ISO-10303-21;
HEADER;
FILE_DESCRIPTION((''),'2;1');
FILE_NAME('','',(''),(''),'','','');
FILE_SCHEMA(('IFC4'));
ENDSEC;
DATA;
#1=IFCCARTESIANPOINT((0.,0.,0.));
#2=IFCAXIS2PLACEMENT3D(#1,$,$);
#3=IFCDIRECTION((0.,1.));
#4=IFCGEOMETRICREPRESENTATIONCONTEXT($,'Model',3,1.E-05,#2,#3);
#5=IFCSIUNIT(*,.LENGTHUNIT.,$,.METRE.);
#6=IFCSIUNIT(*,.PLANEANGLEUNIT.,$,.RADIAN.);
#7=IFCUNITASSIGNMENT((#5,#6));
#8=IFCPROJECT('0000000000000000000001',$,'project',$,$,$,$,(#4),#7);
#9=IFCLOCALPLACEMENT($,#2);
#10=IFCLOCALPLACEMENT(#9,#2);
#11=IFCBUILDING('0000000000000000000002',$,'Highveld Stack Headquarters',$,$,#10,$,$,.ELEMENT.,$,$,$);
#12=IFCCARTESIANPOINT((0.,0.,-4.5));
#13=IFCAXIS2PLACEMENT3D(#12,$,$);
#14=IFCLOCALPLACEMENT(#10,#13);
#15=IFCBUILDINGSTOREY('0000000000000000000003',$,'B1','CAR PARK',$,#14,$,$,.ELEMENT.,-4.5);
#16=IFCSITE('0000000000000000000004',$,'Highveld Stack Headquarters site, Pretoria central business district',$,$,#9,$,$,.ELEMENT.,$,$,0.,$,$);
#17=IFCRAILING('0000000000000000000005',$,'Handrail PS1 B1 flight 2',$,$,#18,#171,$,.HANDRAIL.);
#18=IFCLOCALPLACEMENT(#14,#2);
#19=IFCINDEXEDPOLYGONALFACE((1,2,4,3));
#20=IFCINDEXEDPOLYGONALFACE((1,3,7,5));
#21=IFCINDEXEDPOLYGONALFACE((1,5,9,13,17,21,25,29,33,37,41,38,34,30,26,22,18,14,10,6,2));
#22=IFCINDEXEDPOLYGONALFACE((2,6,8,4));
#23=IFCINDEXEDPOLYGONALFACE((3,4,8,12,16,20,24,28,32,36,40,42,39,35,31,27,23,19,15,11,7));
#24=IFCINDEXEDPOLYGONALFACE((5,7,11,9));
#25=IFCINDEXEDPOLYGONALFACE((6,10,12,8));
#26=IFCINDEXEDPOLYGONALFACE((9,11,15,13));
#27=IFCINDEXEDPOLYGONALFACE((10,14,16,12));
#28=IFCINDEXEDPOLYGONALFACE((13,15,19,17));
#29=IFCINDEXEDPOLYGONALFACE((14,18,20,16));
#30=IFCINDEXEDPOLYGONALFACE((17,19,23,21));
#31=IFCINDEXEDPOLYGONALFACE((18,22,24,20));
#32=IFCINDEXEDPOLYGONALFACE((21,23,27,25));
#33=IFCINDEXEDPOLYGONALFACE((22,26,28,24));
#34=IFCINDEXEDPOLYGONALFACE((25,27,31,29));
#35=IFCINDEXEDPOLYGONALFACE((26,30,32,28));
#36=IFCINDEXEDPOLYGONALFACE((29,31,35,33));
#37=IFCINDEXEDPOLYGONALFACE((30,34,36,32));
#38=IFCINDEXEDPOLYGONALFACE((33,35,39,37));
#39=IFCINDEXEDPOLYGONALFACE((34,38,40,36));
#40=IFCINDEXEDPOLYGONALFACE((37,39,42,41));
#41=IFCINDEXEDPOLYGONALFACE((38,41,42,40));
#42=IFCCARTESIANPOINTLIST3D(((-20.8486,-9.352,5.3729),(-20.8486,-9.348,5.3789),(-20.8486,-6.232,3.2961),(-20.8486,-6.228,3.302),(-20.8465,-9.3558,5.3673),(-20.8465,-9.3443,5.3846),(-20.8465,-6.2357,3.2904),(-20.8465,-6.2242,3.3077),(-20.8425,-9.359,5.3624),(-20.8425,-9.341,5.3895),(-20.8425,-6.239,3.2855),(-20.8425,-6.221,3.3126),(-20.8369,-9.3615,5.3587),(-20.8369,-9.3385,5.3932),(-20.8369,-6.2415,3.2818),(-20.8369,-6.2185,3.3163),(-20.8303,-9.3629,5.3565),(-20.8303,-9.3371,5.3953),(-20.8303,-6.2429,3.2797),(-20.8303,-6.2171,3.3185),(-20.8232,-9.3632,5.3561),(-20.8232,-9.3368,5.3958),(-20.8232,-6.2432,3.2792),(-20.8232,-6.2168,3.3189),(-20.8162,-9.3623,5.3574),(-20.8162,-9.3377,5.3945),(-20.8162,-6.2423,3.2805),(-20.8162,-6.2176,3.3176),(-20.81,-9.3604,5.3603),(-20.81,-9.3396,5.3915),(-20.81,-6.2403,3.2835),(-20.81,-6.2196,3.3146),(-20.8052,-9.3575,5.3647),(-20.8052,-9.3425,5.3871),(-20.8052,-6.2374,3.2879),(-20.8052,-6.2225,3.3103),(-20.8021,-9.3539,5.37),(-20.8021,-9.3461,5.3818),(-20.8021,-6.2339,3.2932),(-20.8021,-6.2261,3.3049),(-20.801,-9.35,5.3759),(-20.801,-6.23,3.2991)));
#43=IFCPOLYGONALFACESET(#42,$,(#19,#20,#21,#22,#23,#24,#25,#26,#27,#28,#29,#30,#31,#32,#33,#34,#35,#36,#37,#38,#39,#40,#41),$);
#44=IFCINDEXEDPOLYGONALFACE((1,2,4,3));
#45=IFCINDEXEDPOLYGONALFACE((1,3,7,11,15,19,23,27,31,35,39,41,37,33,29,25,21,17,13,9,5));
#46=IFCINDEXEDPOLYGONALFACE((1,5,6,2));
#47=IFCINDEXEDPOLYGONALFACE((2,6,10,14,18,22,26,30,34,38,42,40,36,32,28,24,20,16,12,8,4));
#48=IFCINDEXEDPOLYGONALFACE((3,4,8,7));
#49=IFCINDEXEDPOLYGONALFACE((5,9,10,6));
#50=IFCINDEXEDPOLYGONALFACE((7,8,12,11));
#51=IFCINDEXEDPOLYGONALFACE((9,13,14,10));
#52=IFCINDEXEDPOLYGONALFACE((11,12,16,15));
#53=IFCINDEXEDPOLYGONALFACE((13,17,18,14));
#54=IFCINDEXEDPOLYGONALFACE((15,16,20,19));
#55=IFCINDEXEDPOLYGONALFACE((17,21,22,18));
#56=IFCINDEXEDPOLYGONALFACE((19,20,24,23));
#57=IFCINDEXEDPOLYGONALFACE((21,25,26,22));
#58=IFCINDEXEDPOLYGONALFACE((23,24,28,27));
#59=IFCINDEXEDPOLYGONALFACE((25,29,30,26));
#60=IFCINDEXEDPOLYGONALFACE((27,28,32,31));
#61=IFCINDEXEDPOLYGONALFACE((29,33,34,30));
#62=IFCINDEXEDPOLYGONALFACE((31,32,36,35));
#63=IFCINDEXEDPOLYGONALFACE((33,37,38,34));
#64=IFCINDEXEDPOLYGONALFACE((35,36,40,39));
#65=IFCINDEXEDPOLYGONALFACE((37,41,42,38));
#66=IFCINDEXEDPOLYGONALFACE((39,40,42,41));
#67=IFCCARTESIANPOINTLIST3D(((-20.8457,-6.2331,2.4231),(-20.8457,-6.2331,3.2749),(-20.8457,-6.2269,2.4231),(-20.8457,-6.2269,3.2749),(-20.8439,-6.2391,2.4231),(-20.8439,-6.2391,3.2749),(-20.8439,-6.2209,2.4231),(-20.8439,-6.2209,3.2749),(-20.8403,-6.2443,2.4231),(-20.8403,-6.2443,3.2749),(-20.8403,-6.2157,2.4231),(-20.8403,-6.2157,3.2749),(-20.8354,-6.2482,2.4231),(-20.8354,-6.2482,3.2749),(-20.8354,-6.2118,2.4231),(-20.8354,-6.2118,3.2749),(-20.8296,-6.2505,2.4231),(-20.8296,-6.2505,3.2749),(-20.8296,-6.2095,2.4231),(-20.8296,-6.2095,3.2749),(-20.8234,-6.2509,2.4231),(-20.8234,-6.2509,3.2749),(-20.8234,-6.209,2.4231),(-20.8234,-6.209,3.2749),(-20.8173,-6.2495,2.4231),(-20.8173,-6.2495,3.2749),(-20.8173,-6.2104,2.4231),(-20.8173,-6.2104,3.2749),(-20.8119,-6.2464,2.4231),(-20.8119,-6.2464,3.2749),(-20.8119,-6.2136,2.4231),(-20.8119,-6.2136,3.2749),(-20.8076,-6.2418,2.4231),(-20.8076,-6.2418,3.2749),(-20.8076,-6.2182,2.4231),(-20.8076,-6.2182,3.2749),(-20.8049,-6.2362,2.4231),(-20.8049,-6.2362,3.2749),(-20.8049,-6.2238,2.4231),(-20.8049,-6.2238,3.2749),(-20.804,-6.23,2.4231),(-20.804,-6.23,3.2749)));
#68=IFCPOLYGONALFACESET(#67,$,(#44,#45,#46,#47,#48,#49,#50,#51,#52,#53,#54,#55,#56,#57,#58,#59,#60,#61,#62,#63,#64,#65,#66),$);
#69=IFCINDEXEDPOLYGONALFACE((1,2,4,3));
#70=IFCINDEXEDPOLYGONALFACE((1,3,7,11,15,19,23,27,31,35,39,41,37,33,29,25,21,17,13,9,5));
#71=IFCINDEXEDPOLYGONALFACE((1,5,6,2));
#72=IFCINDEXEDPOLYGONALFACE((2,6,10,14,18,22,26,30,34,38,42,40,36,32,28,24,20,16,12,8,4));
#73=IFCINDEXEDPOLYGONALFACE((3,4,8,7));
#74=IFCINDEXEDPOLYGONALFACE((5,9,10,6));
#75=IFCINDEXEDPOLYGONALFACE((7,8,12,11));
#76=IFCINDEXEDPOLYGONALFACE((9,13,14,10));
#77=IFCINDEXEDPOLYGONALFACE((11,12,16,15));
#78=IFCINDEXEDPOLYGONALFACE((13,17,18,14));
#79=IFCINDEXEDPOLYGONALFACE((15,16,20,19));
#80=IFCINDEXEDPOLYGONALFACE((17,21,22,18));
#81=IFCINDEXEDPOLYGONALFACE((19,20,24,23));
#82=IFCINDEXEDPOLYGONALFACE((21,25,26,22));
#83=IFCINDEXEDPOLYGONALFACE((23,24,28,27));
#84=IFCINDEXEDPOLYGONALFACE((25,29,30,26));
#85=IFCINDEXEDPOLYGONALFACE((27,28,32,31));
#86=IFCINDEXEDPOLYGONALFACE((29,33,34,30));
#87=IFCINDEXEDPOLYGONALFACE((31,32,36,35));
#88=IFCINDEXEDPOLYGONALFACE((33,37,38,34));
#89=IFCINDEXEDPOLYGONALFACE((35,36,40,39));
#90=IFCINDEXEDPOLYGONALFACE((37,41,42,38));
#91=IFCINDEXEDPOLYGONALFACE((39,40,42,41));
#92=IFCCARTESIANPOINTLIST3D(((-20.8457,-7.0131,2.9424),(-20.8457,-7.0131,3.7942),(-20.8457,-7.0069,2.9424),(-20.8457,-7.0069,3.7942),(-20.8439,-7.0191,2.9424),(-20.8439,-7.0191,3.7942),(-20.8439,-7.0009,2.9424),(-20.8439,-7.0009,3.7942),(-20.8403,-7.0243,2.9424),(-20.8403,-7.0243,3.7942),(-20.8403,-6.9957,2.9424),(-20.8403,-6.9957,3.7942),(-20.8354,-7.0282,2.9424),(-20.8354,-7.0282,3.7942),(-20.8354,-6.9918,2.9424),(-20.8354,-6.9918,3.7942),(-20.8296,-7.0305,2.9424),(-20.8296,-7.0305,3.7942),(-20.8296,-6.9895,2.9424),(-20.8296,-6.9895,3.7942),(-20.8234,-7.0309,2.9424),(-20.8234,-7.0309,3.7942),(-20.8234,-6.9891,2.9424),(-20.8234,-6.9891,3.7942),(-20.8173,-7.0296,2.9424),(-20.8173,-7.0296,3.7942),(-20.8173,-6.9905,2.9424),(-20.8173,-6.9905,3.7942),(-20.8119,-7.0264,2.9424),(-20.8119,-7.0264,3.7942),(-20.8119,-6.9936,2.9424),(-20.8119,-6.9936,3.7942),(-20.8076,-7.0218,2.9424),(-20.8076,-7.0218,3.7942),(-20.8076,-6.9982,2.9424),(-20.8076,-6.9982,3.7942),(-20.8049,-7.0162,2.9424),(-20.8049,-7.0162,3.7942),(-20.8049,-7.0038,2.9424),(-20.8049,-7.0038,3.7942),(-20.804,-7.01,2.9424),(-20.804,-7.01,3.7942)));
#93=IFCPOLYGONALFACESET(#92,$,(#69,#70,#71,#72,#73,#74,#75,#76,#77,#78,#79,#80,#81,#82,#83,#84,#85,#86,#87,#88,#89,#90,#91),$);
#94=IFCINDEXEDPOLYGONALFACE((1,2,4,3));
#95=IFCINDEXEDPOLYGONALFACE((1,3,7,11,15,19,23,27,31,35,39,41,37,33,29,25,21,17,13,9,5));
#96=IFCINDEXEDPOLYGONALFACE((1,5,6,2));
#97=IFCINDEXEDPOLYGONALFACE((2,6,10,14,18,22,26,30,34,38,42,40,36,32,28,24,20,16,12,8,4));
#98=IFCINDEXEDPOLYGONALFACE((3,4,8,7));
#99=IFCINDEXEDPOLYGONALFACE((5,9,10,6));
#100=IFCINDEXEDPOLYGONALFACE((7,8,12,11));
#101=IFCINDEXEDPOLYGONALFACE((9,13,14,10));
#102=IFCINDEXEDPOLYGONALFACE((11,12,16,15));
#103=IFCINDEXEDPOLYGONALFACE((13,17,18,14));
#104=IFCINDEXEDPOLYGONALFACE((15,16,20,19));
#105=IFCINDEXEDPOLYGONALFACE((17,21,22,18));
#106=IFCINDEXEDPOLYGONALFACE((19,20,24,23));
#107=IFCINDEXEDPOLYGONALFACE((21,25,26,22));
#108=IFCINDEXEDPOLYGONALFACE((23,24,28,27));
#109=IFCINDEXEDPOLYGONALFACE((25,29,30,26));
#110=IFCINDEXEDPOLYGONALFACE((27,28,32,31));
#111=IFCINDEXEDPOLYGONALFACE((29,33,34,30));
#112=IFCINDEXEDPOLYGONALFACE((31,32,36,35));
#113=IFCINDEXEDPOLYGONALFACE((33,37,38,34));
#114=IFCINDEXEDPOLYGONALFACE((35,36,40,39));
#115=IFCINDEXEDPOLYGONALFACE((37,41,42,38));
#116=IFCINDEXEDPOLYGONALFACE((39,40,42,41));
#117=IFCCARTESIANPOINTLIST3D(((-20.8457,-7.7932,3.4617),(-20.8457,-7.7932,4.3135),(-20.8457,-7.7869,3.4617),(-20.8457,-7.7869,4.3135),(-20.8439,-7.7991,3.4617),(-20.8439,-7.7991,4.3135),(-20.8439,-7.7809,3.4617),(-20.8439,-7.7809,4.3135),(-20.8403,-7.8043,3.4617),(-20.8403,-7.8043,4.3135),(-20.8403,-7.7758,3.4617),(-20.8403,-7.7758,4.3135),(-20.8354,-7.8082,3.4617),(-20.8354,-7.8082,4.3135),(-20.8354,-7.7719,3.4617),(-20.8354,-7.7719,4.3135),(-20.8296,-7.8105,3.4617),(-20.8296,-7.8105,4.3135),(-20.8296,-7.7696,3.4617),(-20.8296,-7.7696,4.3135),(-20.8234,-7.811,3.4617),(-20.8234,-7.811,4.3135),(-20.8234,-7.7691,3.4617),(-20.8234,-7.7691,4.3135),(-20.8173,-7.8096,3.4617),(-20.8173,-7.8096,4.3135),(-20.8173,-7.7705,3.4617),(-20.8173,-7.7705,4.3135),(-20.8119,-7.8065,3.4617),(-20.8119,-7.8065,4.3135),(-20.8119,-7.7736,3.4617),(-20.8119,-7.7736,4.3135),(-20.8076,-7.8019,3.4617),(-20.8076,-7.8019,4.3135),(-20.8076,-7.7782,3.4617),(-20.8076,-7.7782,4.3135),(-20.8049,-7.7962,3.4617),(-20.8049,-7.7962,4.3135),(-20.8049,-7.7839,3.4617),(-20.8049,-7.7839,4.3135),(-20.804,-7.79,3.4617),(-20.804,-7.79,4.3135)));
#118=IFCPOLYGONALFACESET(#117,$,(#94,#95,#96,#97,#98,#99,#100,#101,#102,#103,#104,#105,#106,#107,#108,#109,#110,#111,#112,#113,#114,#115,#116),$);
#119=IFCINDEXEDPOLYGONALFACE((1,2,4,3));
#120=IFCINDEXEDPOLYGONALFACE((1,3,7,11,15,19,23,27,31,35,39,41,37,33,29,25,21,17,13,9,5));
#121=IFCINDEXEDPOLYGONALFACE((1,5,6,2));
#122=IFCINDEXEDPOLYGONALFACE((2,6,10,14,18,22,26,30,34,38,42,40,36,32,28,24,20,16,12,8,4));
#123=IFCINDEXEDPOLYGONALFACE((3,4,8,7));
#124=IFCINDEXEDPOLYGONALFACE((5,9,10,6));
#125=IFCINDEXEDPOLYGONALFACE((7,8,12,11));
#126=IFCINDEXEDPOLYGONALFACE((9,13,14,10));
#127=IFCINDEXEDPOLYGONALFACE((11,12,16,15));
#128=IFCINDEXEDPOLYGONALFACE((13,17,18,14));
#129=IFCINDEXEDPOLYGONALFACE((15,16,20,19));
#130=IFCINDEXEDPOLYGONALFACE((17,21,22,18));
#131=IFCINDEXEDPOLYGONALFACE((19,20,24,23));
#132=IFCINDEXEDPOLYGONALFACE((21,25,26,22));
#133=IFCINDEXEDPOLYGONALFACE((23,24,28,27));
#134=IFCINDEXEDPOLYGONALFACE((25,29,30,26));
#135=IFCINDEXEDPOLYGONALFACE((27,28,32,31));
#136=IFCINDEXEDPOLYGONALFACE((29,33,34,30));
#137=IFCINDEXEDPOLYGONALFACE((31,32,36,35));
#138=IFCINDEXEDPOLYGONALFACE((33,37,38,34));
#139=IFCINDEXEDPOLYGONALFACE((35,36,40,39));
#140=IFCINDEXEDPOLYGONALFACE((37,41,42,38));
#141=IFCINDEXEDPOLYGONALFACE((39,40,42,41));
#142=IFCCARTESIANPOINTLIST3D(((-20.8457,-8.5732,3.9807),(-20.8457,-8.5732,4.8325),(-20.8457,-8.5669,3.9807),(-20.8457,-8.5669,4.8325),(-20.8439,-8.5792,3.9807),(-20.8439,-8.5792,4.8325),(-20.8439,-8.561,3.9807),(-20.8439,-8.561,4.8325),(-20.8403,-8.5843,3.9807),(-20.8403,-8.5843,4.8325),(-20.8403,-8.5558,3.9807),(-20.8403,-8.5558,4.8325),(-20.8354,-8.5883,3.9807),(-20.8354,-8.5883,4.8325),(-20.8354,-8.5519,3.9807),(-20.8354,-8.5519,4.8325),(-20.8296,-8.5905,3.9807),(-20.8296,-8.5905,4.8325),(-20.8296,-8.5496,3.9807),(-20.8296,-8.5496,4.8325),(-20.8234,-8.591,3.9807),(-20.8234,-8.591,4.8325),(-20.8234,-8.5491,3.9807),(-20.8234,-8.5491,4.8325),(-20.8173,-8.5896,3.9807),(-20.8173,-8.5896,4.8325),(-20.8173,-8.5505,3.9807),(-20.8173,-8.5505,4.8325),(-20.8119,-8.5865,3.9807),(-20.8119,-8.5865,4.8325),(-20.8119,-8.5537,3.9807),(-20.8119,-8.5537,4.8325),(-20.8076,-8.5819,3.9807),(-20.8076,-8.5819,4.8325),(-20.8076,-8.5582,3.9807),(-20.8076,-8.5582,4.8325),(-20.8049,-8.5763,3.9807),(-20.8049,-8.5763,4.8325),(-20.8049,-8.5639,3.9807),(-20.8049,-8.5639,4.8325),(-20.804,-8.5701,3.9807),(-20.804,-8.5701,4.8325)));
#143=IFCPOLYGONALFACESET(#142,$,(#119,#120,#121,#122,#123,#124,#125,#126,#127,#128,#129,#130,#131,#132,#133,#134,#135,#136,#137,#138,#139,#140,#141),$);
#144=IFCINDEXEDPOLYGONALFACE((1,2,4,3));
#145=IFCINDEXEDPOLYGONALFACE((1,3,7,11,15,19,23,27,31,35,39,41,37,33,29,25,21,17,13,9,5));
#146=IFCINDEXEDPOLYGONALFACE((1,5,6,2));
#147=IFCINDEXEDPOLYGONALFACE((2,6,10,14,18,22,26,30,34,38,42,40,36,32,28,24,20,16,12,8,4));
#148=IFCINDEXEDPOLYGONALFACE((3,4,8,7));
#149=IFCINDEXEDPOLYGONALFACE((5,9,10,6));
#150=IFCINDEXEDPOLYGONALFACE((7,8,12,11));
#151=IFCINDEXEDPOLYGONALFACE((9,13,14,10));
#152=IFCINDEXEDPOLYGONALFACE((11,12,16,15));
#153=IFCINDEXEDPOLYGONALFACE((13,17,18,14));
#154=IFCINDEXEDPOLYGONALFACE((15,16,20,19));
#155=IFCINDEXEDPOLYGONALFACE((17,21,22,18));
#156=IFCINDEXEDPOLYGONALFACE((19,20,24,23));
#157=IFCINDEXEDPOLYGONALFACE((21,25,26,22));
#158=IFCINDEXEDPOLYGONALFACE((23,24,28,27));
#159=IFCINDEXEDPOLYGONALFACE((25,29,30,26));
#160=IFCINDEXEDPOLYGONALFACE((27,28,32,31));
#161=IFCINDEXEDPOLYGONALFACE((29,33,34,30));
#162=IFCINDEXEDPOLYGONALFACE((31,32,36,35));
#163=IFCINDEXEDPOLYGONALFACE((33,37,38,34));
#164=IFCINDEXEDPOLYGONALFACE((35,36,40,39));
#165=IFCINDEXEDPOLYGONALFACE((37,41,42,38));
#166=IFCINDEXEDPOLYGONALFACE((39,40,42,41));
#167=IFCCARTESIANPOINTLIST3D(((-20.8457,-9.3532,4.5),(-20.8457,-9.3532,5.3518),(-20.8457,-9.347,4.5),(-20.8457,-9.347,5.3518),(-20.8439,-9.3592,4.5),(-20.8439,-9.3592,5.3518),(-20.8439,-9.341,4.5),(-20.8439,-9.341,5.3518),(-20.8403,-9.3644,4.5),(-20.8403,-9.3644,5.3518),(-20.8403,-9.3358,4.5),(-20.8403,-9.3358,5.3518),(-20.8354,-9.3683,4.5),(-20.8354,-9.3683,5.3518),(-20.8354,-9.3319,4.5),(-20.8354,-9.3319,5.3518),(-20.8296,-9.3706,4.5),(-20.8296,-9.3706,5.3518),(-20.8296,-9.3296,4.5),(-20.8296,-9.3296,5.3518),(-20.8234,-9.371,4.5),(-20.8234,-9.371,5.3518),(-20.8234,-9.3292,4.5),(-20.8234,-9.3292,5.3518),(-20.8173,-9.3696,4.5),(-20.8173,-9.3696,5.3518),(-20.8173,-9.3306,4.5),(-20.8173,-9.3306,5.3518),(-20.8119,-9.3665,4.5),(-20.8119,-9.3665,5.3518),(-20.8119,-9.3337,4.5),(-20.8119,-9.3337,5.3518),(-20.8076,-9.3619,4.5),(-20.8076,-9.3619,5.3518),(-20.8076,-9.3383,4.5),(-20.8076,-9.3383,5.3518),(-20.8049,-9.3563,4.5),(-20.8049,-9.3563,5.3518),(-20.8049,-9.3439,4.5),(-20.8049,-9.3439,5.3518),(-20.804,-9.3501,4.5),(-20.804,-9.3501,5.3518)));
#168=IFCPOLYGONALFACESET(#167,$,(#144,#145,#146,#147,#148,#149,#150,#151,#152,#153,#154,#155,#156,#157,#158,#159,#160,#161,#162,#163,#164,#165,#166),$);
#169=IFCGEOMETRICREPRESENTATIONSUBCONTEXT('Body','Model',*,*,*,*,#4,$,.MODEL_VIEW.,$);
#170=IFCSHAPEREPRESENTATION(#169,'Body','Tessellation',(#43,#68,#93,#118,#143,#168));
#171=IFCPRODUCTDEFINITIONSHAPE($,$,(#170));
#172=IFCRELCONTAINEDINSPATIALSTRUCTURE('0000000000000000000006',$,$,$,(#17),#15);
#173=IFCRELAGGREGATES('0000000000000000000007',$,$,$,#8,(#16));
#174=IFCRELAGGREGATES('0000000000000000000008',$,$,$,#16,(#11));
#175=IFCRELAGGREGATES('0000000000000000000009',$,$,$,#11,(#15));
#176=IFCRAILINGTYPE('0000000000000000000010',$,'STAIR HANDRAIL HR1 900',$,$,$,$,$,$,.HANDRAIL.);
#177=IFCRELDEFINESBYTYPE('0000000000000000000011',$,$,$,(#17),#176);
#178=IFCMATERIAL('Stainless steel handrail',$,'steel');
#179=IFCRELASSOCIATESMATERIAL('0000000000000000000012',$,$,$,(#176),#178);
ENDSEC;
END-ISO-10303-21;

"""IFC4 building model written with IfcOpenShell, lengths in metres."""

from ifc_helpers import new_model, si_unit, direction, frame, origin, origin_2d, place, context, subcontext, project, spatial, circle, extrude, material, type_object, element, save


model = new_model("IFC4")

# Units and contexts
model_context = context("Model", 3, precision=1e-05, world=origin(), true_north=direction((0.0, 1.0)))
body_context = subcontext(model_context, "Body", "Model", "MODEL_VIEW")
ifc_project = project(units=[si_unit("LENGTHUNIT", "METRE"), si_unit("PLANEANGLEUNIT", "RADIAN")], contexts=[model_context])

# Site, building, storey
site_placement = place(None, origin())
site = spatial("IfcSite", under=ifc_project, at=site_placement, Name="Highveld Stack Headquarters site, Pretoria central business district", CompositionType="ELEMENT", RefElevation=0.0)
building_placement = place(site_placement, origin())
building = spatial("IfcBuilding", under=site, at=building_placement, Name="Highveld Stack Headquarters", CompositionType="ELEMENT")
storey_placement = place(building_placement, frame((0.0, 0.0, -4.5)))
storey = spatial("IfcBuildingStorey", under=building, at=storey_placement, Name="B1", Description="CAR PARK", CompositionType="ELEMENT", Elevation=-4.5)

# Railing
ifc_material_1 = material(Name="Stainless steel handrail", Category="steel")
railing_type_1 = type_object("IfcRailingType", Name="STAIR HANDRAIL HR1 900", PredefinedType="HANDRAIL", material=ifc_material_1)
for number, where, name in (
    (1, (-20.825, -6.23, 2.4231), "Handrail PS1 B1 flight 2"),
):
    element("IfcRailing", number, at=place(storey_placement, frame(where)), inside=storey, type_object=railing_type_1, Name=name, PredefinedType="HANDRAIL", context=body_context, shape_type="SweptSolid", body=[
        extrude(circle(Radius=0.0239, at=origin_2d()), frame((0.0, 0.0, 0.876), z_axis=(0.0, -0.832441, 0.554114), x_axis=(1.0, 0.0, 0.0)), (0.0, 0.0, 1.0), 3.748),
        extrude(circle(Radius=0.021, at=origin_2d()), origin(), (0.0, 0.0, 1.0), 0.8518),
        extrude(circle(Radius=0.021, at=origin_2d()), frame((0.0, -0.78, 0.5193)), (0.0, 0.0, 1.0), 0.8518),
        extrude(circle(Radius=0.021, at=origin_2d()), frame((0.0, -1.5601, 1.0386)), (0.0, 0.0, 1.0), 0.8518),
        extrude(circle(Radius=0.021, at=origin_2d()), frame((0.0, -2.3401, 1.5576)), (0.0, 0.0, 1.0), 0.8518),
        extrude(circle(Radius=0.021, at=origin_2d()), frame((0.0, -3.1201, 2.0769)), (0.0, 0.0, 1.0), 0.8518),
    ])

save(model, "model.ifc")
